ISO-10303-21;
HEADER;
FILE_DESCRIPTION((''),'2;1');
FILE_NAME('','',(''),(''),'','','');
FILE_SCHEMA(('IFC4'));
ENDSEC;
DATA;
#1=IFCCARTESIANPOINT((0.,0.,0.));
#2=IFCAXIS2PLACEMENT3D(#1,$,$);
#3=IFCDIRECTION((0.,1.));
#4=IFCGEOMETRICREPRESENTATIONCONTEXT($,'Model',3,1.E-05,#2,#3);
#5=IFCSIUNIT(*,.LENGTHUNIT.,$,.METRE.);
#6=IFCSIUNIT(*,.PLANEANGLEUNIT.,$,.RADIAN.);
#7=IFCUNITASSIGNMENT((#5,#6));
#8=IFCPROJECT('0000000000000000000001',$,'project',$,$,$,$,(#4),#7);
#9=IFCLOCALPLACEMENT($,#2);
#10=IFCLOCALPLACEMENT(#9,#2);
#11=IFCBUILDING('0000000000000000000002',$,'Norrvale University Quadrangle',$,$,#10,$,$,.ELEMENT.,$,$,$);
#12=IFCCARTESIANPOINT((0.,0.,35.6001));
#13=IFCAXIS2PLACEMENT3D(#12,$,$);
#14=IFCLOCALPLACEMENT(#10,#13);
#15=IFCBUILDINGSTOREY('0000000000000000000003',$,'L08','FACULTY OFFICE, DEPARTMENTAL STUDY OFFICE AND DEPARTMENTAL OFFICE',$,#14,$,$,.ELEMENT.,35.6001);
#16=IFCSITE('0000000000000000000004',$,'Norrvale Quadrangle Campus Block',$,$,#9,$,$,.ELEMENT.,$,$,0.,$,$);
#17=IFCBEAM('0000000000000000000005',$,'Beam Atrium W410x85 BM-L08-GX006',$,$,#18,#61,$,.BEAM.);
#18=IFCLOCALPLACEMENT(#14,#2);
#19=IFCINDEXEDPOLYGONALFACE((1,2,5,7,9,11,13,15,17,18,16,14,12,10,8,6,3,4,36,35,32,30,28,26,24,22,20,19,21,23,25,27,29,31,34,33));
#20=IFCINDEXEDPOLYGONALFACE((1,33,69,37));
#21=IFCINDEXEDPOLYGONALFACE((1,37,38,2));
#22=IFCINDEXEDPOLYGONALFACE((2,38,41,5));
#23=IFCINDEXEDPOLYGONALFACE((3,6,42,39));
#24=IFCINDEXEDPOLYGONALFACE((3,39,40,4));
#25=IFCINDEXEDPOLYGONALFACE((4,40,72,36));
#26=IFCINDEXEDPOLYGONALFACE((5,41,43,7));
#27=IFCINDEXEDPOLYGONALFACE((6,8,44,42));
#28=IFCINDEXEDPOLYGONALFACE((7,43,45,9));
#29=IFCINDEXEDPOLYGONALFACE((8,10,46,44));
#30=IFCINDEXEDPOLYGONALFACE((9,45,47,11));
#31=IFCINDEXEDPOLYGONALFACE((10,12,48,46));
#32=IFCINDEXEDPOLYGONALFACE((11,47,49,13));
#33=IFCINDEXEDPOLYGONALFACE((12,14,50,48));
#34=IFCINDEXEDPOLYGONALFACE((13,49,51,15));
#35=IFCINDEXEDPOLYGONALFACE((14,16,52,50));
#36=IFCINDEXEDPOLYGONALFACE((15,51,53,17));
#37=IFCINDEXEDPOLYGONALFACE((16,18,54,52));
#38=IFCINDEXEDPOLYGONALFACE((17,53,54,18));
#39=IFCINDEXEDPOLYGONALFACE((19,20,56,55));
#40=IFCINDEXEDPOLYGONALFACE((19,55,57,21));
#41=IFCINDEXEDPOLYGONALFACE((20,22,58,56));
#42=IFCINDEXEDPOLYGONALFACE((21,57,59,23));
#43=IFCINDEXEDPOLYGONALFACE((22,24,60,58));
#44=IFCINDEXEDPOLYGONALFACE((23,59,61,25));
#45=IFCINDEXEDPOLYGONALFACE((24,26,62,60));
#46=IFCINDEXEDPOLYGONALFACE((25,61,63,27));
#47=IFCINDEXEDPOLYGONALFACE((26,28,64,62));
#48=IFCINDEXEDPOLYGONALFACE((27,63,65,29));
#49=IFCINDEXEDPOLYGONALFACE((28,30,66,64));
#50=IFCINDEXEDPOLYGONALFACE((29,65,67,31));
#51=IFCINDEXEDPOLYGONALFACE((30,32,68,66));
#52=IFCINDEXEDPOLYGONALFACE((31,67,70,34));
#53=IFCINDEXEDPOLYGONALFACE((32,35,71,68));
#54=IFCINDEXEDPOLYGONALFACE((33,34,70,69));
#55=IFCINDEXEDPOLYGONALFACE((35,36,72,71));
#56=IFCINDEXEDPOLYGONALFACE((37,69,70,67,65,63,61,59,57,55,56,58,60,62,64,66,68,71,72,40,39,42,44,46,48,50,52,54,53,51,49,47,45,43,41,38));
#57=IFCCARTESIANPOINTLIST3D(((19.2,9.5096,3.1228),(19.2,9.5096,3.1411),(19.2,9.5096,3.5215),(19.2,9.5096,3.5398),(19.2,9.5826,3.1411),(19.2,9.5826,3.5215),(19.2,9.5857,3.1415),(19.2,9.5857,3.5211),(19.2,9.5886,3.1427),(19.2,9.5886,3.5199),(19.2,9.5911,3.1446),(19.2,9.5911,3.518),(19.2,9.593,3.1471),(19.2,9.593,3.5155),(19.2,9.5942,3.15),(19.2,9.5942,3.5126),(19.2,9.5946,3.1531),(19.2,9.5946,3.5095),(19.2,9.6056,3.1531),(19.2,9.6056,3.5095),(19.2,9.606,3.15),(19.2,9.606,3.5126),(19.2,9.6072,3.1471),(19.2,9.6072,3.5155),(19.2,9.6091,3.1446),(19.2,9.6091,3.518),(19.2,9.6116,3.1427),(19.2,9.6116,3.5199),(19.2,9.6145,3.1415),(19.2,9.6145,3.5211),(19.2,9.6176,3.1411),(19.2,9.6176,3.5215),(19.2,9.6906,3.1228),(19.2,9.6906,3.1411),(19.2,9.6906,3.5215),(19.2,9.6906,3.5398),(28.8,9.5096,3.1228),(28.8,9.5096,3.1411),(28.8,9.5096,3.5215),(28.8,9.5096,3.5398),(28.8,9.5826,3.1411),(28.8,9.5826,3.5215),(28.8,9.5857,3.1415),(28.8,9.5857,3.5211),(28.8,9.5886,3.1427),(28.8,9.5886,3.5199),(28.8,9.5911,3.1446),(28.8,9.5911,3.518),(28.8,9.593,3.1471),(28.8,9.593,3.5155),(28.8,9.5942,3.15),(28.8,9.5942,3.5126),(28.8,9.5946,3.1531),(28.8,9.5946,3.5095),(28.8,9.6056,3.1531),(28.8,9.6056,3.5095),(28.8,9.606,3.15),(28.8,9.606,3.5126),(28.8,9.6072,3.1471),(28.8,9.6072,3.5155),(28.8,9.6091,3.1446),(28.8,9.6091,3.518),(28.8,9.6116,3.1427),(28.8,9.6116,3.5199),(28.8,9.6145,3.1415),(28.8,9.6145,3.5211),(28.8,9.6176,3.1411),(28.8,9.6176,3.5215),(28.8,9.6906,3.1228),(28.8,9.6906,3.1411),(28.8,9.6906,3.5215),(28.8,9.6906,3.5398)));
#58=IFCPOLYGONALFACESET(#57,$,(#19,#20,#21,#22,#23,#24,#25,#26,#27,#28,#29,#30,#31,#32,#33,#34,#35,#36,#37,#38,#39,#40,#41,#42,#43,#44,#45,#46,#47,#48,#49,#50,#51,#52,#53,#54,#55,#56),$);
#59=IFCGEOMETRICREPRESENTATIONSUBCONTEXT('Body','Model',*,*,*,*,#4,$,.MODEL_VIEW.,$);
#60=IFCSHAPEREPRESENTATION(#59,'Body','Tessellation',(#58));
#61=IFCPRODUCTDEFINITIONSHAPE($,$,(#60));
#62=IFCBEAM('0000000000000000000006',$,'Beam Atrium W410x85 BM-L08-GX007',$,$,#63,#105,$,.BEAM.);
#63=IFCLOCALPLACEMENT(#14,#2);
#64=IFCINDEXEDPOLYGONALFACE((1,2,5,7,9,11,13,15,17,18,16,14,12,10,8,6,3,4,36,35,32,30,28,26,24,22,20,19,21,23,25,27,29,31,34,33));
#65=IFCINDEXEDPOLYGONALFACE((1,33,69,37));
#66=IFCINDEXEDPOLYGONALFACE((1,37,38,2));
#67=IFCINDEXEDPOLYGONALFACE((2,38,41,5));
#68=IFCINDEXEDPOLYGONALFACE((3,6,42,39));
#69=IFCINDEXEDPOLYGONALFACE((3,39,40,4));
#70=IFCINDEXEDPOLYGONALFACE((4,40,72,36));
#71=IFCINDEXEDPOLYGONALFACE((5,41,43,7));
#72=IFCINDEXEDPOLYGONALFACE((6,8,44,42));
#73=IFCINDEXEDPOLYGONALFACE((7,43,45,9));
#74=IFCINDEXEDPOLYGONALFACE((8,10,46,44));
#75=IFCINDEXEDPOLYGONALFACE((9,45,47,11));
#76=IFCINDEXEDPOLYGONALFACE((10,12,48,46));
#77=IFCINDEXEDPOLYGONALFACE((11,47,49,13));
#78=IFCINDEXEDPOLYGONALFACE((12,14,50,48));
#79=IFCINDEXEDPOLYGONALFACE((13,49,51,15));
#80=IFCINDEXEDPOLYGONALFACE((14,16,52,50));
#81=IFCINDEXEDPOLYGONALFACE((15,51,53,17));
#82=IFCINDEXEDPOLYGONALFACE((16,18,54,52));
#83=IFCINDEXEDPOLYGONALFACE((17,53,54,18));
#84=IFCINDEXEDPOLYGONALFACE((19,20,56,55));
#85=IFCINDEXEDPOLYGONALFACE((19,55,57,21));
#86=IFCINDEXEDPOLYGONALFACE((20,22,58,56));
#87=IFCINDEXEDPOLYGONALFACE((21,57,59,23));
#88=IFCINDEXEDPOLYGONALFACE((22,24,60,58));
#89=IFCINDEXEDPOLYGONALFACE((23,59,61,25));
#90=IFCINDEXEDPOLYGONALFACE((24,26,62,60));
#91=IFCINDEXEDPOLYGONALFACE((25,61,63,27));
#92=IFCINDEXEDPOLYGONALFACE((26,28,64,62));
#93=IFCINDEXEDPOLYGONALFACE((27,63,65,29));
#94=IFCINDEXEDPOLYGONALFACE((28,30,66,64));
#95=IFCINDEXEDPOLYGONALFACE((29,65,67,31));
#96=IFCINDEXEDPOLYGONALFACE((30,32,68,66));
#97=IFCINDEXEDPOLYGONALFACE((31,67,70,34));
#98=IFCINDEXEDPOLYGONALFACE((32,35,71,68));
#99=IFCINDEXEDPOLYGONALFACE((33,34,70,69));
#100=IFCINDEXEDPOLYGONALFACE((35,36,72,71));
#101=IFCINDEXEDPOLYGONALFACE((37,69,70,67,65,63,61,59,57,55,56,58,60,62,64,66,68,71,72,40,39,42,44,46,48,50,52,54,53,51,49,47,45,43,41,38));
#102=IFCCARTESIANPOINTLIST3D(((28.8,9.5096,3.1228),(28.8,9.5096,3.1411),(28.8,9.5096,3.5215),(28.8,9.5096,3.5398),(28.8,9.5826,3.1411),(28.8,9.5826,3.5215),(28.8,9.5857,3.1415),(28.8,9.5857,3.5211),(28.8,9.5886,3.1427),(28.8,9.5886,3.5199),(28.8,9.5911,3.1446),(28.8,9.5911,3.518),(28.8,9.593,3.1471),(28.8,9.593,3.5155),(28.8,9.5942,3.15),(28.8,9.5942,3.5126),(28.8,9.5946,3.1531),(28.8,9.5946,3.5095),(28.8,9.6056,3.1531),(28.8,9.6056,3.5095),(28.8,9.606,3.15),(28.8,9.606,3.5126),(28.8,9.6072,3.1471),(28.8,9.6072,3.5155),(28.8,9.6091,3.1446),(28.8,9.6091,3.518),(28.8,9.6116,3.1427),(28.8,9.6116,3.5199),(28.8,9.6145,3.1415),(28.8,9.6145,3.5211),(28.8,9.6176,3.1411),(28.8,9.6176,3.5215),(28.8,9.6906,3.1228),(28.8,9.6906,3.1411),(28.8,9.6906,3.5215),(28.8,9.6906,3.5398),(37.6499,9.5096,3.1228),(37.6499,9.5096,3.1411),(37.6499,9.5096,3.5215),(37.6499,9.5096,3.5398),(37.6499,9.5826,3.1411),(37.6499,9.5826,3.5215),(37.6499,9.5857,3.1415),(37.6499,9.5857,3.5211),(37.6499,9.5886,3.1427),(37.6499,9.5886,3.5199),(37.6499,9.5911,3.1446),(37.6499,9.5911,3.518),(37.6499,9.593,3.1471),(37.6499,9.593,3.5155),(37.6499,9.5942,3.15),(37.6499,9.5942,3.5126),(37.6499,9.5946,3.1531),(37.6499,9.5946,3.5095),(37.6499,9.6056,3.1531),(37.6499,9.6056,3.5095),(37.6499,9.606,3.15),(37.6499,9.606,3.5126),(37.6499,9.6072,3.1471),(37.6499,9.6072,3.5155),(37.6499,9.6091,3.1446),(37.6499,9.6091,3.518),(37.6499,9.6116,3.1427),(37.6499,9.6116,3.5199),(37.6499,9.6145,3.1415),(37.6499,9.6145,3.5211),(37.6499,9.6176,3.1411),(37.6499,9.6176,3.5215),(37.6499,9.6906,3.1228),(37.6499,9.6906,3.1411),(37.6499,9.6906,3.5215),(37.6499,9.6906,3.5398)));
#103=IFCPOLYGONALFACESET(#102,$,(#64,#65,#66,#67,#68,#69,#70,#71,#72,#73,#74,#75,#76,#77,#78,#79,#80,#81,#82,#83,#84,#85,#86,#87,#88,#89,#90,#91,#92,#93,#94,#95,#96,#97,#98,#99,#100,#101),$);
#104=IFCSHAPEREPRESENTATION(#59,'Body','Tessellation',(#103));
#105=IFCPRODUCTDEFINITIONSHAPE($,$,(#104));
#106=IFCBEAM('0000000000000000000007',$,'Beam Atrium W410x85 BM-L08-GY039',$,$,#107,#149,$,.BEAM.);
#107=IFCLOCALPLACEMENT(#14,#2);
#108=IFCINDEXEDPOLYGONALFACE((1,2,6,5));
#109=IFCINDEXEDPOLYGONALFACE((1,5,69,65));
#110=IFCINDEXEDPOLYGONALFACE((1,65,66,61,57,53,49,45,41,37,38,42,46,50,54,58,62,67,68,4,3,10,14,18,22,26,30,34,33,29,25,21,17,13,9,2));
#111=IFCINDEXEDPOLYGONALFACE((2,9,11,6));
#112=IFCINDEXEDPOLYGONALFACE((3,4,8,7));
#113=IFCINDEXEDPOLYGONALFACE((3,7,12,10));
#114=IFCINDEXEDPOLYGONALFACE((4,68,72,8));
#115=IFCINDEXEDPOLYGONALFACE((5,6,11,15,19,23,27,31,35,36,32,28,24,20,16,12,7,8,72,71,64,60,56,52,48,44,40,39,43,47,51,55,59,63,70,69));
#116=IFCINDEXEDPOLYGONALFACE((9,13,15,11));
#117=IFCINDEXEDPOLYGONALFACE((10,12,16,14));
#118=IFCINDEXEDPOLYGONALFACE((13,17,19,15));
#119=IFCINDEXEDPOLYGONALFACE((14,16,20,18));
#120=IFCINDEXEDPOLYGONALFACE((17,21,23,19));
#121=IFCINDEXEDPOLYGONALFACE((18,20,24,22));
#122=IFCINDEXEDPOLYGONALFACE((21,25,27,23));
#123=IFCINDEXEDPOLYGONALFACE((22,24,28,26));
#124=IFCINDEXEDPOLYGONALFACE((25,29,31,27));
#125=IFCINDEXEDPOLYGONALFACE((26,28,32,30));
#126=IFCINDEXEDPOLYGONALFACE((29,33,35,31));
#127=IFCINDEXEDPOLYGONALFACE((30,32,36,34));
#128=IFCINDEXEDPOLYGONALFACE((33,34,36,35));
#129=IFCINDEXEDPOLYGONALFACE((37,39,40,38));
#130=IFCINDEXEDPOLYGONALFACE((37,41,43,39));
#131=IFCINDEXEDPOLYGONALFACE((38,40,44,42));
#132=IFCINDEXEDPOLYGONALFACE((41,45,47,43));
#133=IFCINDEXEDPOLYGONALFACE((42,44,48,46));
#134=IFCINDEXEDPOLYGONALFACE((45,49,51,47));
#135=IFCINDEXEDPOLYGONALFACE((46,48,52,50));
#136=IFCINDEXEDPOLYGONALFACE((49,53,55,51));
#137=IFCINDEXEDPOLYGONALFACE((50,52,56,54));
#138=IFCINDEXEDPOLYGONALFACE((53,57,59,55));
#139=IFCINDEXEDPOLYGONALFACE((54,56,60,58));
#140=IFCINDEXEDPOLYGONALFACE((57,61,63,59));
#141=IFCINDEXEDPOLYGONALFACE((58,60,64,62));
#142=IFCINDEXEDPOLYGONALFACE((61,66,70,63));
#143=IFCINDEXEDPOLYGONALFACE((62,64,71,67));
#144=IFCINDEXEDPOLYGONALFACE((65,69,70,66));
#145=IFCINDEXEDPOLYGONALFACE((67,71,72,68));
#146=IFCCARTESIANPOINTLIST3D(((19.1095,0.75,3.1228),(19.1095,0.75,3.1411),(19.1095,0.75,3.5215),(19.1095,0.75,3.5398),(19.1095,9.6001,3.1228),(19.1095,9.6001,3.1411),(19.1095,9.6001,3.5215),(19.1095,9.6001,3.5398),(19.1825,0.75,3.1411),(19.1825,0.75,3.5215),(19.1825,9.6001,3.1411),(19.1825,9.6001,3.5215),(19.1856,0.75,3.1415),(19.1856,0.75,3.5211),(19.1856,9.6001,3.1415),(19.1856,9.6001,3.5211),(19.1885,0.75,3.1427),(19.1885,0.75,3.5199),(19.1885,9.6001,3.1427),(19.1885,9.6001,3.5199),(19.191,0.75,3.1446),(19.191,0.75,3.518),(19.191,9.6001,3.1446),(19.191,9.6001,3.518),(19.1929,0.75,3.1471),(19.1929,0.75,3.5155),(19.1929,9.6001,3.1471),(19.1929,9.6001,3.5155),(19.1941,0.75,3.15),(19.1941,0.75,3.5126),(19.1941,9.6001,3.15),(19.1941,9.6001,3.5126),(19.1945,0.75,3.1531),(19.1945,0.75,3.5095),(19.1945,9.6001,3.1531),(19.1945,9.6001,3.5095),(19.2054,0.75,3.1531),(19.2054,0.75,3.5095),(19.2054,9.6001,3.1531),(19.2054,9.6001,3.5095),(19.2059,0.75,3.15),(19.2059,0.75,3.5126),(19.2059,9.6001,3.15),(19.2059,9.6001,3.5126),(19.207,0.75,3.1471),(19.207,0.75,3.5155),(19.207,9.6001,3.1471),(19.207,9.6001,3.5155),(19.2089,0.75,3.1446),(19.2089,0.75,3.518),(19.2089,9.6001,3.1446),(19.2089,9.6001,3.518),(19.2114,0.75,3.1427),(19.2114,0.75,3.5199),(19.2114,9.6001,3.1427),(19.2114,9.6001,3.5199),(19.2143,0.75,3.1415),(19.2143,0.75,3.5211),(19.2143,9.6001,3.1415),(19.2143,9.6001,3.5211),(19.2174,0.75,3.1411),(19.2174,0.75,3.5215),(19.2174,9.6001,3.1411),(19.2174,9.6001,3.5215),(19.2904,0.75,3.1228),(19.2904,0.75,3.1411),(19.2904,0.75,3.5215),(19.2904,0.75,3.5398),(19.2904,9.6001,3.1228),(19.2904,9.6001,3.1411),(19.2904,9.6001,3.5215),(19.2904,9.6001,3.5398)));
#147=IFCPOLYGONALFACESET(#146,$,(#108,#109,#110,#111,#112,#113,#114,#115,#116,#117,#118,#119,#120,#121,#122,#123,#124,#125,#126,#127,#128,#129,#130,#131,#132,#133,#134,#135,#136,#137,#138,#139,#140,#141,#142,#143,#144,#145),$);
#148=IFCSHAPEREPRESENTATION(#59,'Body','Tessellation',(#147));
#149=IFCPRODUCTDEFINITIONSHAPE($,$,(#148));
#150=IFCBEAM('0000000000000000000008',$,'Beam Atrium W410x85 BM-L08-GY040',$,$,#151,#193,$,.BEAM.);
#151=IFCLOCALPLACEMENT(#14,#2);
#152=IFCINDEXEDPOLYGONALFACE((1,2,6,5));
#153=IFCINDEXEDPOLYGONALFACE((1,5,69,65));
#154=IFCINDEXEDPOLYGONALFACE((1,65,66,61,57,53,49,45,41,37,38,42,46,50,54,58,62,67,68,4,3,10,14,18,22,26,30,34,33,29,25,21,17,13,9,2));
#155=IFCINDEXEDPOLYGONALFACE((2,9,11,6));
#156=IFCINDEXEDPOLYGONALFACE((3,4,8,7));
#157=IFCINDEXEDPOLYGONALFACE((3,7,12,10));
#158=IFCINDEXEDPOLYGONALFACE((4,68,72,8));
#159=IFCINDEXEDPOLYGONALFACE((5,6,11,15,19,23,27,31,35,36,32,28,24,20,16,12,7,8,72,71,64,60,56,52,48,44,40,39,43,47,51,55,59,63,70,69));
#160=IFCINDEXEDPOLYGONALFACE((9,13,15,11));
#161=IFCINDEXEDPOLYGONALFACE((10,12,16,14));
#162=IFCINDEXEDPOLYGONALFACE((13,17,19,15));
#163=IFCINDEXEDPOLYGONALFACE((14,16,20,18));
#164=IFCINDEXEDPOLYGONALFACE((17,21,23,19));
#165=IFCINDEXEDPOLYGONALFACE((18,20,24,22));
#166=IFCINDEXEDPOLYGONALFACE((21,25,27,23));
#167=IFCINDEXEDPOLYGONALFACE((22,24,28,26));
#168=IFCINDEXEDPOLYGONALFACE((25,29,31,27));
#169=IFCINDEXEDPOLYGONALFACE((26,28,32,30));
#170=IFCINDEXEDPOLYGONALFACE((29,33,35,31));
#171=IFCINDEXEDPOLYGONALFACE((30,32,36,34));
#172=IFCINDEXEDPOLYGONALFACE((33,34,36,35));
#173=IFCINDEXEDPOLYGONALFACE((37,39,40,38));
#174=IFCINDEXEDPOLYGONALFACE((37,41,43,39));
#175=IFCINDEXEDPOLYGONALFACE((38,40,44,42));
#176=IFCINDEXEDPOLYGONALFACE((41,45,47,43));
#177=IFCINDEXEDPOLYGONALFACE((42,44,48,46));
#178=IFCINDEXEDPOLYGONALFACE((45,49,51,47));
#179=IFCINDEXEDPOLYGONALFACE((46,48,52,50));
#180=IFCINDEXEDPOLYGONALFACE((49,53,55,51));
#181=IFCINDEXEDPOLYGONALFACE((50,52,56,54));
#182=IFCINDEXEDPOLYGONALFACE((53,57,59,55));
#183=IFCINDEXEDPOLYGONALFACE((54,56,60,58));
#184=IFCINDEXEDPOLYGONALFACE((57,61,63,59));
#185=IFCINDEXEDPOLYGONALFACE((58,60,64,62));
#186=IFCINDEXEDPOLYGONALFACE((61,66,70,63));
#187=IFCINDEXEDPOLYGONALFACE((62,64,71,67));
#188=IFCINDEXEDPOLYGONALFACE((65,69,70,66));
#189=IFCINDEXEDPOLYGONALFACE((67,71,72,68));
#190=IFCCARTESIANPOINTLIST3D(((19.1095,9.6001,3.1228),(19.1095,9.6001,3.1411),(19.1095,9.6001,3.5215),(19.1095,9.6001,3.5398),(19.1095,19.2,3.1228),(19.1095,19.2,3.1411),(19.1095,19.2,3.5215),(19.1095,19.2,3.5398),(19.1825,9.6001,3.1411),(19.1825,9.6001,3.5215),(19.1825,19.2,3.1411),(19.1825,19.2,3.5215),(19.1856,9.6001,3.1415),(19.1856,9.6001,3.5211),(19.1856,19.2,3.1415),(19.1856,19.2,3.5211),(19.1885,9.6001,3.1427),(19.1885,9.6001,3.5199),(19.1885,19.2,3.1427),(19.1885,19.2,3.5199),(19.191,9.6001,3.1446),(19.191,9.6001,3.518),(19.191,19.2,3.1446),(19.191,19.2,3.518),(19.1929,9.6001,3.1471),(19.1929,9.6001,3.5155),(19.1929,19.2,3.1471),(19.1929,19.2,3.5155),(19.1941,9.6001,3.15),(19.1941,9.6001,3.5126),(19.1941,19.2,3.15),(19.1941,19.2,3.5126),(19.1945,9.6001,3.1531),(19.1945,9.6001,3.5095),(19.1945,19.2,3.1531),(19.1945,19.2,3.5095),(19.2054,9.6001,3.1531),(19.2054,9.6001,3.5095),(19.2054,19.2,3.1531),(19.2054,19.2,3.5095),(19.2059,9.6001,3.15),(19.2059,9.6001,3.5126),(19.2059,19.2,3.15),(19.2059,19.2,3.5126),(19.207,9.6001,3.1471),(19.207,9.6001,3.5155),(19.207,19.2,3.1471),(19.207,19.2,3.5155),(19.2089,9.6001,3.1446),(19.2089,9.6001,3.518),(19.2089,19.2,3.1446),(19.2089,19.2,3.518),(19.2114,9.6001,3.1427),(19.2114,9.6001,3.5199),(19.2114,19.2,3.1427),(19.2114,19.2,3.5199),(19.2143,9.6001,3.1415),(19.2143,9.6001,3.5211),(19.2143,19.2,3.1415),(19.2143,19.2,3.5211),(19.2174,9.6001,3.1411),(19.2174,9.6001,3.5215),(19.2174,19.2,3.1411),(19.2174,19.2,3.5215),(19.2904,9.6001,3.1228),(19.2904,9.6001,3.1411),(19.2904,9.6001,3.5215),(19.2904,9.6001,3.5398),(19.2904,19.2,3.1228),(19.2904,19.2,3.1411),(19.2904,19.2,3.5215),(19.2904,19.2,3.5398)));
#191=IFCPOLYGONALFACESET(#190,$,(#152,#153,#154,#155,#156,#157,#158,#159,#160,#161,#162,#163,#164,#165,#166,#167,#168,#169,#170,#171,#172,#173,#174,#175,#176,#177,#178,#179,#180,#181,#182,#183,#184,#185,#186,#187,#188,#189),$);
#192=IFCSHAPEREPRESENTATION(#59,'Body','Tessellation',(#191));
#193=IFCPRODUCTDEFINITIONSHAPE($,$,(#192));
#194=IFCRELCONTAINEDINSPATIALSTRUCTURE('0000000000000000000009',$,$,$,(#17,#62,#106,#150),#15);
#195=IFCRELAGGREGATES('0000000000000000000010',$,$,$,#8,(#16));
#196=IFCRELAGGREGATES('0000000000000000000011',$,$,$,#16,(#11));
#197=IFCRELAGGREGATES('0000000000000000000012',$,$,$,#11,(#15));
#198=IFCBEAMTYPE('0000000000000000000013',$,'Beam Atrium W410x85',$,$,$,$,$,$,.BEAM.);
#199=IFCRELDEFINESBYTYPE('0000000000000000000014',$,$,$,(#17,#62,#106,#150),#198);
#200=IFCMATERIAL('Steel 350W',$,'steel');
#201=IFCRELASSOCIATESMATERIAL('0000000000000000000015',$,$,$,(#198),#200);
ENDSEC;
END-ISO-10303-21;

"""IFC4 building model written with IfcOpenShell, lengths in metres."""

from ifc_helpers import new_model, si_unit, direction, frame, origin, origin_2d, place, context, subcontext, project, spatial, i_section, extrude, material, material_profile, profile_set, type_object, element, save


model = new_model("IFC4")

# Units and contexts
model_context = context("Model", 3, precision=1e-05, world=origin(), true_north=direction((0.0, 1.0)))
body_context = subcontext(model_context, "Body", "Model", "MODEL_VIEW")
ifc_project = project(units=[si_unit("LENGTHUNIT", "METRE"), si_unit("PLANEANGLEUNIT", "RADIAN")], contexts=[model_context])

# Site, building, storey
site_placement = place(None, origin())
site = spatial("IfcSite", under=ifc_project, at=site_placement, Name="Norrvale Quadrangle Campus Block", CompositionType="ELEMENT", RefElevation=0.0)
building_placement = place(site_placement, origin())
building = spatial("IfcBuilding", under=site, at=building_placement, Name="Norrvale University Quadrangle", CompositionType="ELEMENT")
storey_placement = place(building_placement, frame((0.0, 0.0, 35.6001)))
storey = spatial("IfcBuildingStorey", under=building, at=storey_placement, Name="L08", Description="FACULTY OFFICE, DEPARTMENTAL STUDY OFFICE AND DEPARTMENTAL OFFICE", CompositionType="ELEMENT", Elevation=35.6001)

# Beams
ifc_material_1 = material(Name="Steel 350W", Category="steel")
ifc_material_profile_1 = material_profile(ifc_material_1, i_section(OverallWidth=0.1809, OverallDepth=0.417, WebThickness=0.011, FlangeThickness=0.0183, FilletRadius=0.012, at=origin_2d()), Name="Steel 350W")
ifc_profile_set_1 = profile_set([ifc_material_profile_1], Name="Steel 350W")
beam_type_1 = type_object("IfcBeamType", Name="Beam Atrium W410x85", PredefinedType="BEAM", material=ifc_profile_set_1)
beam_1_placement = place(storey_placement, frame((19.2, 9.6001, 3.3313), z_axis=(1.0, 0.0, 0.0), x_axis=(0.0, 1.0, 0.0)))
element("IfcBeam", 1, at=beam_1_placement, inside=storey, type_object=beam_type_1, Name="Beam Atrium W410x85 BM-L08-GX006", PredefinedType="BEAM", context=body_context, shape_type="SweptSolid", body=[
    extrude(i_section(OverallWidth=0.1809, OverallDepth=0.417, WebThickness=0.011, FlangeThickness=0.0183, FilletRadius=0.012, at=origin_2d()), origin(), (0.0, 0.0, 1.0), 9.6001),
])
beam_2_placement = place(storey_placement, frame((28.8, 9.6001, 3.3313), z_axis=(1.0, 0.0, 0.0), x_axis=(0.0, 1.0, 0.0)))
element("IfcBeam", 2, at=beam_2_placement, inside=storey, type_object=beam_type_1, Name="Beam Atrium W410x85 BM-L08-GX007", PredefinedType="BEAM", context=body_context, shape_type="SweptSolid", body=[
    extrude(i_section(OverallWidth=0.1809, OverallDepth=0.417, WebThickness=0.011, FlangeThickness=0.0183, FilletRadius=0.012, at=origin_2d()), origin(), (0.0, 0.0, 1.0), 8.8499),
])
beam_3_placement = place(storey_placement, frame((19.2, 0.75, 3.3313), z_axis=(0.0, 1.0, 0.0), x_axis=(-1.0, 0.0, 0.0)))
element("IfcBeam", 3, at=beam_3_placement, inside=storey, type_object=beam_type_1, Name="Beam Atrium W410x85 BM-L08-GY039", PredefinedType="BEAM", context=body_context, shape_type="SweptSolid", body=[
    extrude(i_section(OverallWidth=0.1809, OverallDepth=0.417, WebThickness=0.011, FlangeThickness=0.0183, FilletRadius=0.012, at=origin_2d()), origin(), (0.0, 0.0, 1.0), 8.8501),
])
beam_4_placement = place(storey_placement, frame((19.2, 9.6001, 3.3313), z_axis=(0.0, 1.0, 0.0), x_axis=(-1.0, 0.0, 0.0)))
element("IfcBeam", 4, at=beam_4_placement, inside=storey, type_object=beam_type_1, Name="Beam Atrium W410x85 BM-L08-GY040", PredefinedType="BEAM", context=body_context, shape_type="SweptSolid", body=[
    extrude(i_section(OverallWidth=0.1809, OverallDepth=0.417, WebThickness=0.011, FlangeThickness=0.0183, FilletRadius=0.012, at=origin_2d()), origin(), (0.0, 0.0, 1.0), 9.5999),
])

save(model, "model.ifc")
